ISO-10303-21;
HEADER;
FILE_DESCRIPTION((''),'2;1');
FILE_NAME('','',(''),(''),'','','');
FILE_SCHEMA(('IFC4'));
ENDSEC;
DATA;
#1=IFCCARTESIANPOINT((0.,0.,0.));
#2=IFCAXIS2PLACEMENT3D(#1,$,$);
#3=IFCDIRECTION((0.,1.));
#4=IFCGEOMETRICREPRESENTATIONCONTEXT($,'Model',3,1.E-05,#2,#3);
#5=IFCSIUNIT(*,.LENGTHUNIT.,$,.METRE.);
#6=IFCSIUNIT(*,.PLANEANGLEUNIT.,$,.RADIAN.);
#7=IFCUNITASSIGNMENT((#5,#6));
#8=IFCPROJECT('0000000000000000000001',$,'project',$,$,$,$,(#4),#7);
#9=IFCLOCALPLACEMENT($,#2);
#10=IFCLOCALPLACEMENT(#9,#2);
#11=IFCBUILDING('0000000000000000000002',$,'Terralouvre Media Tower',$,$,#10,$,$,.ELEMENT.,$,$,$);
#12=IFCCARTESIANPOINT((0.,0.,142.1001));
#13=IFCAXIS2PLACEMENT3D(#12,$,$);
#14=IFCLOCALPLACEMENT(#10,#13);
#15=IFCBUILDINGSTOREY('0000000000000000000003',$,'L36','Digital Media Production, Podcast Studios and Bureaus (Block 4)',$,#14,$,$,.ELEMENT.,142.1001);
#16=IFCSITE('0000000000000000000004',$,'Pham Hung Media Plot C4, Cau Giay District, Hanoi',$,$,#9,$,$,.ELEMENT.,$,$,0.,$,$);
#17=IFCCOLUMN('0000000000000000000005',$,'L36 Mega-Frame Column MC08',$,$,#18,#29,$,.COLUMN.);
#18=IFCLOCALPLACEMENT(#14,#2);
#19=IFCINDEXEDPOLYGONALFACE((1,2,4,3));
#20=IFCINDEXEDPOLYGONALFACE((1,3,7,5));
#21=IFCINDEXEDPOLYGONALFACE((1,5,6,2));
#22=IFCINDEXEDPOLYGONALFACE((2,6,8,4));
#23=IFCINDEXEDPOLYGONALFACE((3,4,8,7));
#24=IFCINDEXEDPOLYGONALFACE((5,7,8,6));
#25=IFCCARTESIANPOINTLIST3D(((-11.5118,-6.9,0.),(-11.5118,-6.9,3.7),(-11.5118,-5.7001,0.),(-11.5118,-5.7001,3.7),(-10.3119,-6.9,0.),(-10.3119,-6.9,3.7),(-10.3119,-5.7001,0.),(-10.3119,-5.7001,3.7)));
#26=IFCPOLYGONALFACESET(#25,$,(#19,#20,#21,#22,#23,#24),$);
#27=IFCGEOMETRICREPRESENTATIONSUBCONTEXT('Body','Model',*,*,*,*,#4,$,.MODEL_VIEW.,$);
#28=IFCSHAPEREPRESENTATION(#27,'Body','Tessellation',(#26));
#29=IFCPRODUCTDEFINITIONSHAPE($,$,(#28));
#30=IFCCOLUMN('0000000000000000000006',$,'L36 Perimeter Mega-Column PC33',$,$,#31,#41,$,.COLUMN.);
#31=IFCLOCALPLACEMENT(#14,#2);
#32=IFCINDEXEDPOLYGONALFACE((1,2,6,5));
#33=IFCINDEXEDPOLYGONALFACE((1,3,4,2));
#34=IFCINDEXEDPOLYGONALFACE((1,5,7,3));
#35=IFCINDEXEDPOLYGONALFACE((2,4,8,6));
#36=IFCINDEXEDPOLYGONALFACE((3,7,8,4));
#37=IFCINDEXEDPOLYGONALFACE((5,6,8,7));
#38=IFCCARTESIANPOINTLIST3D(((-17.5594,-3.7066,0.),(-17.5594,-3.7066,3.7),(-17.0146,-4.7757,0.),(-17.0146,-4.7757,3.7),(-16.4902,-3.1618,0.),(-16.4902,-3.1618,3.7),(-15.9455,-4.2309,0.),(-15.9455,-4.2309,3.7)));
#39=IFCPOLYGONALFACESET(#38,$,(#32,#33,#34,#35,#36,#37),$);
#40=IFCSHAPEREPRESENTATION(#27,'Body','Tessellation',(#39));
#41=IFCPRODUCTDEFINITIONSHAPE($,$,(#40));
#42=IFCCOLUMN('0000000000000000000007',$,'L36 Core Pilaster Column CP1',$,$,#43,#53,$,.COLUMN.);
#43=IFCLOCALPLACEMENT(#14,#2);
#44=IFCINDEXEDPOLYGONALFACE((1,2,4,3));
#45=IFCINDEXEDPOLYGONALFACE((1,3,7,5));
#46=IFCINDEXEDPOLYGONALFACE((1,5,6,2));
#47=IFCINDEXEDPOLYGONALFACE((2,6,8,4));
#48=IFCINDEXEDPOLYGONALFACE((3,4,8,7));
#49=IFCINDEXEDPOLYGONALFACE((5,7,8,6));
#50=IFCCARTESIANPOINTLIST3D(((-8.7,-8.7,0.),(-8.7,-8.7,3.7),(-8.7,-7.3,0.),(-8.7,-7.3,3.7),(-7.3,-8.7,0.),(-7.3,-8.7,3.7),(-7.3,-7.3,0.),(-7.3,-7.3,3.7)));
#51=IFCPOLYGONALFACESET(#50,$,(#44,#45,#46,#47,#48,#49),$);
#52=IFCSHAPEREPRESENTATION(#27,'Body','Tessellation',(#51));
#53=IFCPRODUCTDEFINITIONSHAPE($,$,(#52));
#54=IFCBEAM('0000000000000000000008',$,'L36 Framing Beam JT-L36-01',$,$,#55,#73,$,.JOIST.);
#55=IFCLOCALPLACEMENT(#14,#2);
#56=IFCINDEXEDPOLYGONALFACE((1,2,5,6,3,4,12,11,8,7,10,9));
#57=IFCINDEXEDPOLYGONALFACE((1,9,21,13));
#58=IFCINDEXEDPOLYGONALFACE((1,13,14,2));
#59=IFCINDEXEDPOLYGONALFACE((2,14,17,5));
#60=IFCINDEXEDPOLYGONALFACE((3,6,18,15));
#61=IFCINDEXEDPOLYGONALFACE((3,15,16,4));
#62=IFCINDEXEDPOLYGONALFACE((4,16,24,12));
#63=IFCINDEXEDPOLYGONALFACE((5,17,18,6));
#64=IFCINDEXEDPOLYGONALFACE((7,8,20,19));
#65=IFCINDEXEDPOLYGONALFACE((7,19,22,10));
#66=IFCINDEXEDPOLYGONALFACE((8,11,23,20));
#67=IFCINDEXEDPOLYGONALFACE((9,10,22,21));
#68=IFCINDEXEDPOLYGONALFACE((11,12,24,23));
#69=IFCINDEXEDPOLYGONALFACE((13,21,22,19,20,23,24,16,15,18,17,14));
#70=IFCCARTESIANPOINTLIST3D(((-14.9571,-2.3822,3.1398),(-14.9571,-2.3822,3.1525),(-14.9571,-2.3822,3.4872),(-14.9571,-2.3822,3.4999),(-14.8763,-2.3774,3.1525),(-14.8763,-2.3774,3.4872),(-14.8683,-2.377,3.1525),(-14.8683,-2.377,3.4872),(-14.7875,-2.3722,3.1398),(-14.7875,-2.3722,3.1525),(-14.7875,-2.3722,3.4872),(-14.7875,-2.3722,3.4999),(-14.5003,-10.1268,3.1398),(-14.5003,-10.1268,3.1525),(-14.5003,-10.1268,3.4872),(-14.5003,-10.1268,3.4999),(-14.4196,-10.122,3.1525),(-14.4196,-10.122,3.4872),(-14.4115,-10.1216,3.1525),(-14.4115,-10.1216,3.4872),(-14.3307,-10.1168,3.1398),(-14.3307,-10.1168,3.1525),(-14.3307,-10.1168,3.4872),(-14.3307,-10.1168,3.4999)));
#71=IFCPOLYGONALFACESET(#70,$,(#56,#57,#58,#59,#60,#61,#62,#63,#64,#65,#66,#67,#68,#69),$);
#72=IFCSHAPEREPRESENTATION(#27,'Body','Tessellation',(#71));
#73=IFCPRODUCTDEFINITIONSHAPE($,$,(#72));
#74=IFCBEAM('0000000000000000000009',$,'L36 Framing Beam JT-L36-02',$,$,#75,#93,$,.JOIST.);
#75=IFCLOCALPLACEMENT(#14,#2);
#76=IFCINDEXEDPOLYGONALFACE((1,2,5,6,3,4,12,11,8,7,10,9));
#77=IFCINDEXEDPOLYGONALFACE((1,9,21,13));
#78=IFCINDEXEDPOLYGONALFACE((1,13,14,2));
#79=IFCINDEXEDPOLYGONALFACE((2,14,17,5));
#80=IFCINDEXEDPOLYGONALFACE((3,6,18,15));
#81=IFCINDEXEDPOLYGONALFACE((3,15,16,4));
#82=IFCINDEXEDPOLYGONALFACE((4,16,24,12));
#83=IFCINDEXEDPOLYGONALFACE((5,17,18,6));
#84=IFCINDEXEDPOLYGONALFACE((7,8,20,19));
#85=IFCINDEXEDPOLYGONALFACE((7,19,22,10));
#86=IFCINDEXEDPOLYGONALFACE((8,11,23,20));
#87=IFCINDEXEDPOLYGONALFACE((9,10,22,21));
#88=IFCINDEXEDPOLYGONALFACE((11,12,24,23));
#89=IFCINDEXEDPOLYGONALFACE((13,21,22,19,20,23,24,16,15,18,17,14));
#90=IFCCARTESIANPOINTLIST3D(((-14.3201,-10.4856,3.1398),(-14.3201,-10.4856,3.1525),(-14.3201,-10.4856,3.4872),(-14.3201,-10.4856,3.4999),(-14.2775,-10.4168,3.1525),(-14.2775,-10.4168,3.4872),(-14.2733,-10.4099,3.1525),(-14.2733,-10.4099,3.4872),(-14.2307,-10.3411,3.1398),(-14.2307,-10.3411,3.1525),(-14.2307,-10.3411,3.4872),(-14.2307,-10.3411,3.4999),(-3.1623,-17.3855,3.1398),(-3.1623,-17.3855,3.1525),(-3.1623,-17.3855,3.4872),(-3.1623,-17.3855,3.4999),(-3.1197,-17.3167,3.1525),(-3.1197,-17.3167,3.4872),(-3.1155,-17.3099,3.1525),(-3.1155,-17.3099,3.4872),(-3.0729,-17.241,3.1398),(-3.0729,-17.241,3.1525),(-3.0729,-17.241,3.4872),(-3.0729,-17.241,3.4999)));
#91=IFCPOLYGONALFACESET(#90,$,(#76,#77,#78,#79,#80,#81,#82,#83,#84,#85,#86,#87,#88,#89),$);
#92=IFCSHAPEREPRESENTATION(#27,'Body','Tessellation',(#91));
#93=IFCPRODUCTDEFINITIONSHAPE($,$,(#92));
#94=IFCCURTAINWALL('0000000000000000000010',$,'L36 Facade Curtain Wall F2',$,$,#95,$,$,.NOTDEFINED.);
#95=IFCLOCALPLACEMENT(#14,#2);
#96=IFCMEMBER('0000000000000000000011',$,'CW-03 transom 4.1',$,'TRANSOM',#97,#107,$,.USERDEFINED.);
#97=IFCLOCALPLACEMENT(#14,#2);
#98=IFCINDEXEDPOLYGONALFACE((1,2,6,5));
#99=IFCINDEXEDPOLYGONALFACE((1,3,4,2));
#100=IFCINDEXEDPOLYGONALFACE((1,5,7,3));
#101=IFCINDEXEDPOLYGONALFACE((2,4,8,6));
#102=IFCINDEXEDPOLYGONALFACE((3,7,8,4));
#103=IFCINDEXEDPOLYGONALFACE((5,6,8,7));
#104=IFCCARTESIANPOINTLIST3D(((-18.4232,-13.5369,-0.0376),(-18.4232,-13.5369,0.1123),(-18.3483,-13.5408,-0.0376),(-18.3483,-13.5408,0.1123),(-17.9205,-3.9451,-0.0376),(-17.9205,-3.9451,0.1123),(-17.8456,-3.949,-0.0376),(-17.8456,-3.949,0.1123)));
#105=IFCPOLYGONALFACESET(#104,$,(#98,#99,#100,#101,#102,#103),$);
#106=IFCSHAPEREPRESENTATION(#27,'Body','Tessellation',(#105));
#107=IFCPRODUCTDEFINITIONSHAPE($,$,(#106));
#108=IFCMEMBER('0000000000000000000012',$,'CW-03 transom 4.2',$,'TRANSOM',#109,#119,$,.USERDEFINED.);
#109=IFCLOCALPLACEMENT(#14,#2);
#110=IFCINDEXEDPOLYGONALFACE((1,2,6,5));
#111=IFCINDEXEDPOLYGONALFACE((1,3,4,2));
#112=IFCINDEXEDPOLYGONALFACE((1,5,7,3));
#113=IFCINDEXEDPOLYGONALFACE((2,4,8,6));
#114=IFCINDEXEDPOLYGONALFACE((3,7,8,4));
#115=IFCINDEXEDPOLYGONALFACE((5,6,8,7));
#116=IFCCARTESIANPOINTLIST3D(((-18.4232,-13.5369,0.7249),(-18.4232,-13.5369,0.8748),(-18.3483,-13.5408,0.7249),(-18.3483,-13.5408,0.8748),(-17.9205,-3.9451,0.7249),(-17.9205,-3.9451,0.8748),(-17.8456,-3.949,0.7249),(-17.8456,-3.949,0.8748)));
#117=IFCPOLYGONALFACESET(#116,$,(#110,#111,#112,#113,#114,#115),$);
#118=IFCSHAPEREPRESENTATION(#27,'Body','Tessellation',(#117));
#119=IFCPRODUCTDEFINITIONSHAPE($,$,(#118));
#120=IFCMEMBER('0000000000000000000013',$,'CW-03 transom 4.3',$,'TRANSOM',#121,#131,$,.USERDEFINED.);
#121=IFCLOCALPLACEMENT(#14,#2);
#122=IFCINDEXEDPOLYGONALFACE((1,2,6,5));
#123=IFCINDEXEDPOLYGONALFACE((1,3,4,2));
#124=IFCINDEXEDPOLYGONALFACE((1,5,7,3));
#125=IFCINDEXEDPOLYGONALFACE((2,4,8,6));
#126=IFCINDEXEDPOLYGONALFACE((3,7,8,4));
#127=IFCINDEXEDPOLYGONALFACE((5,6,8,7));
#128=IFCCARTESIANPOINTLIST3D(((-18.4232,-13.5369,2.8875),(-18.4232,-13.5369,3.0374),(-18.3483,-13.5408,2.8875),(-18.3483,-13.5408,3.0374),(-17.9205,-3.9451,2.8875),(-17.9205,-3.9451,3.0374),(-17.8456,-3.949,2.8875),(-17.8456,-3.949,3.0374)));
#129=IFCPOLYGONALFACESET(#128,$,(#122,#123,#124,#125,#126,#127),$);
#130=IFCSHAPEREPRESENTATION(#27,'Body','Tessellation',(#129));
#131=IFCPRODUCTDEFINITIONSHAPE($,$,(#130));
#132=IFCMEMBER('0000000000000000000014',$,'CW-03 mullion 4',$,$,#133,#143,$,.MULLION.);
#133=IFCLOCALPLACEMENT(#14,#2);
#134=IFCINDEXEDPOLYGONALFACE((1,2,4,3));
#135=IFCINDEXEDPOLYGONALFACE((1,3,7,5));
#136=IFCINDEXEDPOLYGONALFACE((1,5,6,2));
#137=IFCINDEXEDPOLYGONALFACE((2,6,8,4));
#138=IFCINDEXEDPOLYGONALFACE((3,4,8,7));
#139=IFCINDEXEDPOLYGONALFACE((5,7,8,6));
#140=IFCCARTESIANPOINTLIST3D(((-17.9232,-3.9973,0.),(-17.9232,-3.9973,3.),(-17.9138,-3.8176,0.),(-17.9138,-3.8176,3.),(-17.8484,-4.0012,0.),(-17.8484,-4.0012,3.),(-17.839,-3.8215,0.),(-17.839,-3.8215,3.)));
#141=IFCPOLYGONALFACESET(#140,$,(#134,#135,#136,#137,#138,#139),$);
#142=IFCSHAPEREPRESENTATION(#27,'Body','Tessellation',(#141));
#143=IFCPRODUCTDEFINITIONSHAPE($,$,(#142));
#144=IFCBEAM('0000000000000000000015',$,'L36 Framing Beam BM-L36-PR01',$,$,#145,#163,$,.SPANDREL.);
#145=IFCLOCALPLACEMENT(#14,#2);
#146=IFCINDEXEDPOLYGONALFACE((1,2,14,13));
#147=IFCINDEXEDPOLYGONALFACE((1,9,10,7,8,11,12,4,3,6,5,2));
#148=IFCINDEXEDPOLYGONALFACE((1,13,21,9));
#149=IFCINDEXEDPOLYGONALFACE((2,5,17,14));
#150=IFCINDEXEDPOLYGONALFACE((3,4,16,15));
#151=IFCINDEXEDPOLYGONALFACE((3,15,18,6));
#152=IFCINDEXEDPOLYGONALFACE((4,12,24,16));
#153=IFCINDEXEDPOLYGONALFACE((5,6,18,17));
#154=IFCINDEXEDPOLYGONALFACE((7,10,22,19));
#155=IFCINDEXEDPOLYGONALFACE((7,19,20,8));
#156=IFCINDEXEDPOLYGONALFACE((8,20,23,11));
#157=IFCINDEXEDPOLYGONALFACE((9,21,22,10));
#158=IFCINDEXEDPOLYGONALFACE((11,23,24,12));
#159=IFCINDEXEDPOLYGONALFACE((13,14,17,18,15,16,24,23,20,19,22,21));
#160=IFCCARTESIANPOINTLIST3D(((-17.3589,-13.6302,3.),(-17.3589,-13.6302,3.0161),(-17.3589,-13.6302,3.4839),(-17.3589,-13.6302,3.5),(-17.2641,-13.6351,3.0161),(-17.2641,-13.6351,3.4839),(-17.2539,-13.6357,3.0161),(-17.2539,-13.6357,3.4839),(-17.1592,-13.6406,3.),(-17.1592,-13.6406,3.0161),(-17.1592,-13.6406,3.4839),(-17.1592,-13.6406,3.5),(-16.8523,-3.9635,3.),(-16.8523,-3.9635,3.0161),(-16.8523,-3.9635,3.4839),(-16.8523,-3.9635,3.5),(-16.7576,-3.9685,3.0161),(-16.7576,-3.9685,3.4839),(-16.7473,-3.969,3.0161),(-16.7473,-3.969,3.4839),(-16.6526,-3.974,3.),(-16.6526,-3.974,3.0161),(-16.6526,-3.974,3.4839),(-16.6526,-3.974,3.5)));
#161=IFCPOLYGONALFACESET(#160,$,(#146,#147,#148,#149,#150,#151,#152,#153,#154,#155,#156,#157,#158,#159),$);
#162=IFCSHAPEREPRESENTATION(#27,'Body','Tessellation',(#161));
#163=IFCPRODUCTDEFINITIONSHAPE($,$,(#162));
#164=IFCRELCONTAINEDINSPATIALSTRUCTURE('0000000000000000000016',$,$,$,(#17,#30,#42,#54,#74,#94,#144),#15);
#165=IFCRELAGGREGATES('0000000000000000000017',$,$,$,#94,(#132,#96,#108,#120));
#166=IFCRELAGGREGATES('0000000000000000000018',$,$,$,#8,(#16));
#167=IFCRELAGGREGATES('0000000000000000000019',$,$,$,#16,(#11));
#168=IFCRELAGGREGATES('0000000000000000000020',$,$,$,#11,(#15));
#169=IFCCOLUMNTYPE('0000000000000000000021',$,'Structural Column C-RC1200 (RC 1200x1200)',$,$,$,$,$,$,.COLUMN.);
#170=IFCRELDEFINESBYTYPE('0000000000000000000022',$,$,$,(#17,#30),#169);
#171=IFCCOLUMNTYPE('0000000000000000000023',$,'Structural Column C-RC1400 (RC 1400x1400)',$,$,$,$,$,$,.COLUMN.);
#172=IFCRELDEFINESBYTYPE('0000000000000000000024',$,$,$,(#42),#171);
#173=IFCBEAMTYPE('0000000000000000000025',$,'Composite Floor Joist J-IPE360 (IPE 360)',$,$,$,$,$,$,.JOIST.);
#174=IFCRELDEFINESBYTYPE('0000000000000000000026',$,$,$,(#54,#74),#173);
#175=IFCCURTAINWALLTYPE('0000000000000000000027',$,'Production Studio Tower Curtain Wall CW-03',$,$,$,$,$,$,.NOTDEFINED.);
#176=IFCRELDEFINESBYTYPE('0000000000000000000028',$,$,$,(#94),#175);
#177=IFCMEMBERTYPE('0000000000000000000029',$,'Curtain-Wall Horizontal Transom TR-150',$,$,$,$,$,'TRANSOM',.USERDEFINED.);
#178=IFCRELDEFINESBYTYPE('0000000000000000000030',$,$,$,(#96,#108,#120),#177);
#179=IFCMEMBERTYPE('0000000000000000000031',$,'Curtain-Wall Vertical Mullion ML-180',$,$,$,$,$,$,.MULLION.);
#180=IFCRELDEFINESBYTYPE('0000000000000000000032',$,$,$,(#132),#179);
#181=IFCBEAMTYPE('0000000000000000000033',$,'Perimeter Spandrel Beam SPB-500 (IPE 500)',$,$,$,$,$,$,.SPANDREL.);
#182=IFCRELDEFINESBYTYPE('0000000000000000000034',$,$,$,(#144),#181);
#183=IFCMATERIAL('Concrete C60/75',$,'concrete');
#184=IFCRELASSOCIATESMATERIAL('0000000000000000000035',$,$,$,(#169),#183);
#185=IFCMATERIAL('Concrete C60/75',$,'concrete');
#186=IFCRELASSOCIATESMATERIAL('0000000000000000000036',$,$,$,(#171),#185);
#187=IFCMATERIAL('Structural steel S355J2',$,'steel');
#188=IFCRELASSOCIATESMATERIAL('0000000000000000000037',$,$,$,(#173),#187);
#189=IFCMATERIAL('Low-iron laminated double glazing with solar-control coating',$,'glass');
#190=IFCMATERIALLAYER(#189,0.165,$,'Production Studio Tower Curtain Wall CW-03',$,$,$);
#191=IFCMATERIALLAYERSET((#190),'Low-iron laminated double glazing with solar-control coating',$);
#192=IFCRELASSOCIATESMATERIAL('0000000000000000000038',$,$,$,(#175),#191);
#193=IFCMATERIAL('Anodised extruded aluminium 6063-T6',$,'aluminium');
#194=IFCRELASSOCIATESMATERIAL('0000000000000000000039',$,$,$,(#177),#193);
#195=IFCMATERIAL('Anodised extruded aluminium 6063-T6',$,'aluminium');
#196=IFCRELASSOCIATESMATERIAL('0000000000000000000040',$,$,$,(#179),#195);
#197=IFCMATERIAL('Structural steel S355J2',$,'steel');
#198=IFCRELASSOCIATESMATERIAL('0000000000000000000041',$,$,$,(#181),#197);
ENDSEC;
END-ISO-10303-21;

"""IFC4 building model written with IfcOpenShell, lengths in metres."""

from ifc_helpers import new_model, si_unit, direction, frame, origin, origin_2d, place, context, subcontext, project, spatial, rectangle, i_section, extrude, material, layer, layer_set, material_profile, profile_set, type_object, element, aggregate, save


model = new_model("IFC4")

# Units and contexts
model_context = context("Model", 3, precision=1e-05, world=origin(), true_north=direction((0.0, 1.0)))
body_context = subcontext(model_context, "Body", "Model", "MODEL_VIEW")
ifc_project = project(units=[si_unit("LENGTHUNIT", "METRE"), si_unit("PLANEANGLEUNIT", "RADIAN")], contexts=[model_context])

# Site, building, storey
site_placement = place(None, origin())
site = spatial("IfcSite", under=ifc_project, at=site_placement, Name="Pham Hung Media Plot C4, Cau Giay District, Hanoi", CompositionType="ELEMENT", RefElevation=0.0)
building_placement = place(site_placement, origin())
building = spatial("IfcBuilding", under=site, at=building_placement, Name="Terralouvre Media Tower", CompositionType="ELEMENT")
storey_placement = place(building_placement, frame((0.0, 0.0, 142.1001)))
storey = spatial("IfcBuildingStorey", under=building, at=storey_placement, Name="L36", Description="Digital Media Production, Podcast Studios and Bureaus (Block 4)", CompositionType="ELEMENT", Elevation=142.1001)

# Columns
ifc_material_1 = material(Name="Concrete C60/75", Category="concrete")
ifc_material_profile_1 = material_profile(ifc_material_1, rectangle(XDim=1.2, YDim=1.2, at=origin_2d()), Name="RC 1200x1200")
ifc_profile_set_1 = profile_set([ifc_material_profile_1], Name="Concrete C60/75")
column_type_1 = type_object("IfcColumnType", Name="Structural Column C-RC1200 (RC 1200x1200)", PredefinedType="COLUMN", material=ifc_profile_set_1)
for number, where, z_axis, x_axis, name in (
    (1, (-10.9119, -6.3, 0.0), (0.0, 0.0, 1.0), (1.0, 0.0, 0.0), "L36 Mega-Frame Column MC08"),
    (2, (-16.7524, -3.9688, 0.0), (0.0, 0.0, 1.0), (0.891007, 0.45399, 0.0), "L36 Perimeter Mega-Column PC33"),
):
    element("IfcColumn", number, at=place(storey_placement, frame(where, z_axis=z_axis, x_axis=x_axis)), inside=storey, type_object=column_type_1, Name=name, PredefinedType="COLUMN", context=body_context, shape_type="SweptSolid", body=[
        extrude(rectangle(XDim=1.2, YDim=1.2, at=origin_2d()), origin(), (0.0, 0.0, 1.0), 3.7),
    ])
ifc_material_2 = material(Name="Concrete C60/75", Category="concrete")
ifc_material_profile_2 = material_profile(ifc_material_2, rectangle(XDim=1.3999, YDim=1.3999, at=origin_2d()), Name="RC 1400x1400")
ifc_profile_set_2 = profile_set([ifc_material_profile_2], Name="Concrete C60/75")
column_type_2 = type_object("IfcColumnType", Name="Structural Column C-RC1400 (RC 1400x1400)", PredefinedType="COLUMN", material=ifc_profile_set_2)
column_placement = place(storey_placement, frame((-8.0, -8.0, 0.0), z_axis=(0.0, 0.0, 1.0), x_axis=(1.0, 0.0, 0.0)))
element("IfcColumn", 3, at=column_placement, inside=storey, type_object=column_type_2, Name="L36 Core Pilaster Column CP1", PredefinedType="COLUMN", context=body_context, shape_type="SweptSolid", body=[
    extrude(rectangle(XDim=1.3999, YDim=1.3999, at=origin_2d()), origin(), (0.0, 0.0, 1.0), 3.7),
])

# Beams
ifc_material_3 = material(Name="Structural steel S355J2", Category="steel")
ifc_material_profile_3 = material_profile(ifc_material_3, i_section(OverallWidth=0.1699, OverallDepth=0.3601, WebThickness=0.0081, FlangeThickness=0.0127, at=origin_2d()), Name="IPE 360")
ifc_profile_set_3 = profile_set([ifc_material_profile_3], Name="Structural steel S355J2")
beam_type_1 = type_object("IfcBeamType", Name="Composite Floor Joist J-IPE360 (IPE 360)", PredefinedType="JOIST", material=ifc_profile_set_3)
beam_1_placement = place(storey_placement, frame((-14.8723, -2.3772, 3.3198), z_axis=(0.058879, -0.998265, 0.0), x_axis=(0.998265, 0.058879, 0.0)))
element("IfcBeam", 4, at=beam_1_placement, inside=storey, type_object=beam_type_1, Name="L36 Framing Beam JT-L36-01", PredefinedType="JOIST", context=body_context, shape_type="SweptSolid", body=[
    extrude(i_section(OverallWidth=0.1699, OverallDepth=0.3601, WebThickness=0.0081, FlangeThickness=0.0127, at=origin_2d()), origin(), (0.0, 0.0, 1.0), 7.7581),
])
beam_2_placement = place(storey_placement, frame((-14.2754, -10.4133, 3.3198), z_axis=(0.850513, -0.525955, 0.0), x_axis=(0.525955, 0.850513, 0.0)))
element("IfcBeam", 5, at=beam_2_placement, inside=storey, type_object=beam_type_1, Name="L36 Framing Beam JT-L36-02", PredefinedType="JOIST", context=body_context, shape_type="SweptSolid", body=[
    extrude(i_section(OverallWidth=0.1699, OverallDepth=0.3601, WebThickness=0.0081, FlangeThickness=0.0127, at=origin_2d()), origin(), (0.0, 0.0, 1.0), 13.1189),
])

# Curtain wall, members
ifc_material_4 = material(Name="Low-iron laminated double glazing with solar-control coating", Category="glass")
ifc_layer_1 = layer(ifc_material_4, 0.165, Name="Production Studio Tower Curtain Wall CW-03")
ifc_layer_set_1 = layer_set([ifc_layer_1], Name="Low-iron laminated double glazing with solar-control coating")
curtain_wall_type = type_object("IfcCurtainWallType", Name="Production Studio Tower Curtain Wall CW-03", PredefinedType="NOTDEFINED", material=ifc_layer_set_1)
curtain_wall_placement = place(storey_placement, origin())
curtain_wall = element("IfcCurtainWall", 6, at=curtain_wall_placement, inside=storey, type_object=curtain_wall_type, Name="L36 Facade Curtain Wall F2", PredefinedType="NOTDEFINED")
ifc_material_5 = material(Name="Anodised extruded aluminium 6063-T6", Category="aluminium")
ifc_material_profile_4 = material_profile(ifc_material_5, rectangle(XDim=0.075, YDim=0.1499, at=origin_2d()), Name="ALU 75x150")
ifc_profile_set_4 = profile_set([ifc_material_profile_4], Name="Anodised extruded aluminium 6063-T6")
member_type_1 = type_object("IfcMemberType", Name="Curtain-Wall Horizontal Transom TR-150", ElementType="TRANSOM", PredefinedType="USERDEFINED", material=ifc_profile_set_4)
member_1_placement = place(storey_placement, frame((-17.8831, -3.947, 0.0374), z_axis=(-0.052336, -0.99863, 0.0), x_axis=(0.99863, -0.052336, 0.0)))
member_1 = element("IfcMember", 7, at=member_1_placement, type_object=member_type_1, Name="CW-03 transom 4.1", ObjectType="TRANSOM", PredefinedType="USERDEFINED", context=body_context, shape_type="SweptSolid", body=[
    extrude(rectangle(XDim=0.075, YDim=0.1499, at=origin_2d()), origin(), (0.0, 0.0, 1.0), 9.605),
])
member_2_placement = place(storey_placement, frame((-17.8831, -3.947, 0.7998), z_axis=(-0.052336, -0.99863, 0.0), x_axis=(0.99863, -0.052336, 0.0)))
member_2 = element("IfcMember", 8, at=member_2_placement, type_object=member_type_1, Name="CW-03 transom 4.2", ObjectType="TRANSOM", PredefinedType="USERDEFINED", context=body_context, shape_type="SweptSolid", body=[
    extrude(rectangle(XDim=0.075, YDim=0.1499, at=origin_2d()), origin(), (0.0, 0.0, 1.0), 9.605),
])
member_3_placement = place(storey_placement, frame((-17.8831, -3.947, 2.9624), z_axis=(-0.052336, -0.99863, 0.0), x_axis=(0.99863, -0.052336, 0.0)))
member_3 = element("IfcMember", 9, at=member_3_placement, type_object=member_type_1, Name="CW-03 transom 4.3", ObjectType="TRANSOM", PredefinedType="USERDEFINED", context=body_context, shape_type="SweptSolid", body=[
    extrude(rectangle(XDim=0.075, YDim=0.1499, at=origin_2d()), origin(), (0.0, 0.0, 1.0), 9.605),
])
ifc_material_6 = material(Name="Anodised extruded aluminium 6063-T6", Category="aluminium")
ifc_material_profile_5 = material_profile(ifc_material_6, rectangle(XDim=0.075, YDim=0.1799, at=origin_2d()), Name="ALU 75x180")
ifc_profile_set_5 = profile_set([ifc_material_profile_5], Name="Anodised extruded aluminium 6063-T6")
member_type_2 = type_object("IfcMemberType", Name="Curtain-Wall Vertical Mullion ML-180", PredefinedType="MULLION", material=ifc_profile_set_5)
member_4_placement = place(storey_placement, frame((-17.8811, -3.9094, 0.0), z_axis=(0.0, 0.0, 1.0), x_axis=(0.99863, -0.052336, 0.0)))
member_4 = element("IfcMember", 10, at=member_4_placement, type_object=member_type_2, Name="CW-03 mullion 4", PredefinedType="MULLION", context=body_context, shape_type="SweptSolid", body=[
    extrude(rectangle(XDim=0.075, YDim=0.1799, at=origin_2d()), origin(), (0.0, 0.0, 1.0), 3.0),
])

# Beam
ifc_material_7 = material(Name="Structural steel S355J2", Category="steel")
ifc_material_profile_6 = material_profile(ifc_material_7, i_section(OverallWidth=0.2, OverallDepth=0.5, WebThickness=0.0103, FlangeThickness=0.0161, at=origin_2d()), Name="IPE 500")
ifc_profile_set_6 = profile_set([ifc_material_profile_6], Name="Structural steel S355J2")
beam_type_2 = type_object("IfcBeamType", Name="Perimeter Spandrel Beam SPB-500 (IPE 500)", PredefinedType="SPANDREL", material=ifc_profile_set_6)
beam_3_placement = place(storey_placement, frame((-16.7524, -3.9688, 3.25), z_axis=(-0.052334, -0.99863, 0.0), x_axis=(0.99863, -0.052334, 0.0)))
element("IfcBeam", 11, at=beam_3_placement, inside=storey, type_object=beam_type_2, Name="L36 Framing Beam BM-L36-PR01", PredefinedType="SPANDREL", context=body_context, shape_type="SweptSolid", body=[
    extrude(i_section(OverallWidth=0.2, OverallDepth=0.5, WebThickness=0.0103, FlangeThickness=0.0161, at=origin_2d()), origin(), (0.0, 0.0, 1.0), 9.6799),
])

aggregate(curtain_wall, [member_4, member_1, member_2, member_3])

save(model, "model.ifc")
